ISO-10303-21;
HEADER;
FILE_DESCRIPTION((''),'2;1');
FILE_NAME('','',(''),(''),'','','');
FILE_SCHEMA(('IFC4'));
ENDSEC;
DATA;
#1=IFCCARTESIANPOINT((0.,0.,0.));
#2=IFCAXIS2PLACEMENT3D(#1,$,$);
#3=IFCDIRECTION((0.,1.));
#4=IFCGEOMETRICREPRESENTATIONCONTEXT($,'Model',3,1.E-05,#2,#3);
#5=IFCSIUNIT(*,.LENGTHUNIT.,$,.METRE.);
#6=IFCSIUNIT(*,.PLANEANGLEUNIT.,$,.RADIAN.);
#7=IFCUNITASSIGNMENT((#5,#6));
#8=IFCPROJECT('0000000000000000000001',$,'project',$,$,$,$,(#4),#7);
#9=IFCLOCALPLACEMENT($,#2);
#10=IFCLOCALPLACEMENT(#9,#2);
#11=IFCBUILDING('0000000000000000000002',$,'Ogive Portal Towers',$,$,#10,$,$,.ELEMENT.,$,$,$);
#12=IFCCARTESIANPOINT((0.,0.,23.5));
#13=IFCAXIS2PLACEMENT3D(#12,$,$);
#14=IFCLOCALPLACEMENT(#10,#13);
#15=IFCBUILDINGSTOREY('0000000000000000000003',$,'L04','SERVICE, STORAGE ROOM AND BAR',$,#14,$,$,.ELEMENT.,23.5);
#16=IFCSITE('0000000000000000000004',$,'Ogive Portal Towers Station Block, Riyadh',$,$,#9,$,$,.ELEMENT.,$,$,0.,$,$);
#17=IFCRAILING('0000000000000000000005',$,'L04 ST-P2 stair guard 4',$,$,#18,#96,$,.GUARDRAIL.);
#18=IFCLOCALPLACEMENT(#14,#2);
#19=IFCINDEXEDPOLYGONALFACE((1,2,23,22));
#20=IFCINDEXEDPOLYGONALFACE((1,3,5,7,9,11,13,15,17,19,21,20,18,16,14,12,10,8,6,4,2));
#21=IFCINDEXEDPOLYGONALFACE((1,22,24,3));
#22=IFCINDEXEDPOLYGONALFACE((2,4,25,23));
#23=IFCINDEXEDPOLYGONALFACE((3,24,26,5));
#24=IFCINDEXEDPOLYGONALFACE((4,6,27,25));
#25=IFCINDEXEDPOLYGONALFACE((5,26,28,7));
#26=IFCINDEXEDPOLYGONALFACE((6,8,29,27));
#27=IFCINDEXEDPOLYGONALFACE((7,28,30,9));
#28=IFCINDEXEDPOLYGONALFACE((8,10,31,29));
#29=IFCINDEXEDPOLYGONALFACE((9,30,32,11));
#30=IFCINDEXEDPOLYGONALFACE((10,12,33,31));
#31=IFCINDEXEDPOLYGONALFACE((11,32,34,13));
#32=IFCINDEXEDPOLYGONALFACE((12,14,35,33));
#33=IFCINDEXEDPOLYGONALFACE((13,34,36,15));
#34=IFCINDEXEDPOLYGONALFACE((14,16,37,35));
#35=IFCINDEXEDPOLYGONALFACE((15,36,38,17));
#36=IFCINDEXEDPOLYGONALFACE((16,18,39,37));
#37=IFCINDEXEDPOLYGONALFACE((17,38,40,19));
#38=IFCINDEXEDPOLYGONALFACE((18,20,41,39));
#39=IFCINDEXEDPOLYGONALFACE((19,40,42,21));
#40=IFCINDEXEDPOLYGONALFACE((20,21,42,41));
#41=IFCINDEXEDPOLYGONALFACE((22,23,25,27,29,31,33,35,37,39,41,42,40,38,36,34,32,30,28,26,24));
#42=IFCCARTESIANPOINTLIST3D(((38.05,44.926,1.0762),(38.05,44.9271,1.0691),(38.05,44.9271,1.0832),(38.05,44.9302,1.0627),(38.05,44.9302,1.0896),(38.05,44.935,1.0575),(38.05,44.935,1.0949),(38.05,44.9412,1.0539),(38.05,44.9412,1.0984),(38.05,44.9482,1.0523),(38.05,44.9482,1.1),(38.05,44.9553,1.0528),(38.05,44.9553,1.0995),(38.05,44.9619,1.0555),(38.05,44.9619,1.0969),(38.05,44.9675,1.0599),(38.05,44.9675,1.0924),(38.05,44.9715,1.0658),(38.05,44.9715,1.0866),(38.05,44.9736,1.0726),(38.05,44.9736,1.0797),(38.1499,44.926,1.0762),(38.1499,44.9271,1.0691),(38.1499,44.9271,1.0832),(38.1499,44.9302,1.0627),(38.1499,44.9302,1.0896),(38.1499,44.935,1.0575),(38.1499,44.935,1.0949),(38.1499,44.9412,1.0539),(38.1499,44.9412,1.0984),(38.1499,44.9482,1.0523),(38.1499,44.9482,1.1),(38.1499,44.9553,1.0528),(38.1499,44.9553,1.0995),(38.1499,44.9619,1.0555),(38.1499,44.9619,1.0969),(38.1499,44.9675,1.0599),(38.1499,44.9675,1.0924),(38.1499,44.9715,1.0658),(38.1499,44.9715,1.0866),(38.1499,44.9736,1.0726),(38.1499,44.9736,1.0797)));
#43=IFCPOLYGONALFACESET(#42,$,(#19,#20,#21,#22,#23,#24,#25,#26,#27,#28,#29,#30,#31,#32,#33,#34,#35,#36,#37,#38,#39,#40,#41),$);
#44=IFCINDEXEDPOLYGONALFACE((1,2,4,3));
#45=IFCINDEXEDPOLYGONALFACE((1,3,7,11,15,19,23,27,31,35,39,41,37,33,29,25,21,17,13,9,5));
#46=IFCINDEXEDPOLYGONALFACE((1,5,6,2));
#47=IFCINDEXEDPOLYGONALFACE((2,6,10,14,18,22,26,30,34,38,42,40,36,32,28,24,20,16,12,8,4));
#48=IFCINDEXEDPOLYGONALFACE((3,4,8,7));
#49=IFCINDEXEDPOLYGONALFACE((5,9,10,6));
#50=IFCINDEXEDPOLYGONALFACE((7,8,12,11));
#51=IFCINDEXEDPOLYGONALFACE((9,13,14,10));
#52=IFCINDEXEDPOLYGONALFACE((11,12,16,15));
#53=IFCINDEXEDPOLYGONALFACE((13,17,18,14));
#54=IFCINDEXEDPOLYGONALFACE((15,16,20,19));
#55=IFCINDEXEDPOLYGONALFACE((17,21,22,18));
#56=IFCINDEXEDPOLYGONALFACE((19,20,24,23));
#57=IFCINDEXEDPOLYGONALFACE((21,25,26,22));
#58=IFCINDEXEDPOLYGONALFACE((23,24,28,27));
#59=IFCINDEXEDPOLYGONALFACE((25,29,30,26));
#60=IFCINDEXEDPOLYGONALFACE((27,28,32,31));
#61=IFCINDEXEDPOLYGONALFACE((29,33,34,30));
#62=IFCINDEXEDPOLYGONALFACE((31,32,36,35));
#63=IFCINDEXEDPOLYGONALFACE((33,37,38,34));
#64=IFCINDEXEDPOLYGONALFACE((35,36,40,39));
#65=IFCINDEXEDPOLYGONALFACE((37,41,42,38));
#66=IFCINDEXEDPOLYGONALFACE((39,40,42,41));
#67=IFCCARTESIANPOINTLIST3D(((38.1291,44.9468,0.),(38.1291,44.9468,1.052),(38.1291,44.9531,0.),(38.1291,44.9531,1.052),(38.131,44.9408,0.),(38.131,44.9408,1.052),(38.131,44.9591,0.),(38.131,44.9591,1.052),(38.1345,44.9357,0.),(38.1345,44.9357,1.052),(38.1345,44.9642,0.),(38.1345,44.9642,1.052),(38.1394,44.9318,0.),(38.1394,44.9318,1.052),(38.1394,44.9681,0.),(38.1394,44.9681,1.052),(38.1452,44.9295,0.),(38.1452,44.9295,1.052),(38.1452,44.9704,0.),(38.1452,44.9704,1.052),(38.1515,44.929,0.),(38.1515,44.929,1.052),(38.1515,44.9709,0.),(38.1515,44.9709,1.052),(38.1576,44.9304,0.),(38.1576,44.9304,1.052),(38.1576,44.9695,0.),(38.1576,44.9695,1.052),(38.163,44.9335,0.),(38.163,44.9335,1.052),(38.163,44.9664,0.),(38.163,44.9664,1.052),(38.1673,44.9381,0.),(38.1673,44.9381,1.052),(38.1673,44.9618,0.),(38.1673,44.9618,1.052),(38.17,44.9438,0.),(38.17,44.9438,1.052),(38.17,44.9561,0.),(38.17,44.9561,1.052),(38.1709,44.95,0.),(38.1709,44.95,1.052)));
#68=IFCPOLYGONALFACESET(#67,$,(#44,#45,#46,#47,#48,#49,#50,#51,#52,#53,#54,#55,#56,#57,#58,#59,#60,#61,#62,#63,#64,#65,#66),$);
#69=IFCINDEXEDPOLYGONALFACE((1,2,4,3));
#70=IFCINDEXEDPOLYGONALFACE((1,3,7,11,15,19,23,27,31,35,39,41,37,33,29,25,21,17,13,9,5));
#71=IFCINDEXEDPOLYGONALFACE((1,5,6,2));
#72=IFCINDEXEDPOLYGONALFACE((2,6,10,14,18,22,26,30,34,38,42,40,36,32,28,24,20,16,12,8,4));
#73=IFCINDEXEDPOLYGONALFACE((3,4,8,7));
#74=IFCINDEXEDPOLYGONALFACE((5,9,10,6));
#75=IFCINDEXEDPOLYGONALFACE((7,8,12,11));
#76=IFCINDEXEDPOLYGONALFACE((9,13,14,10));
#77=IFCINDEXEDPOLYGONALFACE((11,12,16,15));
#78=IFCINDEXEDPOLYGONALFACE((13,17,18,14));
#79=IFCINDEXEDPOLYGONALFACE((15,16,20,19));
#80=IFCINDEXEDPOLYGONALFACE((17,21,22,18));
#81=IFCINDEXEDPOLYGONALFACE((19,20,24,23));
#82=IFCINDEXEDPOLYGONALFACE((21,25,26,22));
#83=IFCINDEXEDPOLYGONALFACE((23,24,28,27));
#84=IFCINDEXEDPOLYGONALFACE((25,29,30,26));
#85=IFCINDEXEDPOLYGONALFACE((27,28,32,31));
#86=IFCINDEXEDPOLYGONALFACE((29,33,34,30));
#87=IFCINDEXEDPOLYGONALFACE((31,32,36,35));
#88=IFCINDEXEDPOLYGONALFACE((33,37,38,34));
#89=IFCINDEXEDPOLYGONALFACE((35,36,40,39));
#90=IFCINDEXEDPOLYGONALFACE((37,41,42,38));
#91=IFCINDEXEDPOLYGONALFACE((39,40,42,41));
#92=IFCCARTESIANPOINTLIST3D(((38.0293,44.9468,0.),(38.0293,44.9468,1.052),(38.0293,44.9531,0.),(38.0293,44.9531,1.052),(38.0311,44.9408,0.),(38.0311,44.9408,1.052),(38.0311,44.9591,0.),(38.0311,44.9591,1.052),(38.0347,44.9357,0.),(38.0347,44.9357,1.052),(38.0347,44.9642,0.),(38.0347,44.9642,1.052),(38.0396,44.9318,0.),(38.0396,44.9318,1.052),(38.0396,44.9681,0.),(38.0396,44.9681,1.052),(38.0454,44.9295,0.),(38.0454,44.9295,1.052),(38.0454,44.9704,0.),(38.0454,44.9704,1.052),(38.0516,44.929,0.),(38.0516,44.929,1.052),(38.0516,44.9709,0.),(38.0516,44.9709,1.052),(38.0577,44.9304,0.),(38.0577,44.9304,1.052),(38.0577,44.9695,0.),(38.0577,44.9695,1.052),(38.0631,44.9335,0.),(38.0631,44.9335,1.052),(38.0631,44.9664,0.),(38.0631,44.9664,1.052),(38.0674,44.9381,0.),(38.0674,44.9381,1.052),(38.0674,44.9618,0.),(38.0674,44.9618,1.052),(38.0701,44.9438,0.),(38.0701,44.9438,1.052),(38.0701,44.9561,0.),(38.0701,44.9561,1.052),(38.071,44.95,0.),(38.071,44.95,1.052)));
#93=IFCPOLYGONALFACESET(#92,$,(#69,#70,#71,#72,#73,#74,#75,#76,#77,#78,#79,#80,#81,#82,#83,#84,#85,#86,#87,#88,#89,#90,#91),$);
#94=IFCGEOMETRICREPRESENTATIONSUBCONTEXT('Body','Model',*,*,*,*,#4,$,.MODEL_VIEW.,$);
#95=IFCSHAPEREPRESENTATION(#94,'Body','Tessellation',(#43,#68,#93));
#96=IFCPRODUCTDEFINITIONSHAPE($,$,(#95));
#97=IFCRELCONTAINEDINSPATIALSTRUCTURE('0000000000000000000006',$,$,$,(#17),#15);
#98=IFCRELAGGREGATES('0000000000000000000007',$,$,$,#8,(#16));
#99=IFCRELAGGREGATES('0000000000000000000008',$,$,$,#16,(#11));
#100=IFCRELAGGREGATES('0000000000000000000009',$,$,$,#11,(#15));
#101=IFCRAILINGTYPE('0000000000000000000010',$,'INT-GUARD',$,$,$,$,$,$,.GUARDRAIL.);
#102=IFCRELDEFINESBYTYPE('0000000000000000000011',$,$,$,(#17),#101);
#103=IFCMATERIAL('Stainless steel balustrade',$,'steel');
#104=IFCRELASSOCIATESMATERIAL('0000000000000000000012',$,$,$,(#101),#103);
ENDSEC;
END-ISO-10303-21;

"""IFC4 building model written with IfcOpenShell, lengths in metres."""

from ifc_helpers import new_model, si_unit, direction, frame, origin, origin_2d, place, context, subcontext, project, spatial, circle, extrude, material, type_object, element, save


model = new_model("IFC4")

# Units and contexts
model_context = context("Model", 3, precision=1e-05, world=origin(), true_north=direction((0.0, 1.0)))
body_context = subcontext(model_context, "Body", "Model", "MODEL_VIEW")
ifc_project = project(units=[si_unit("LENGTHUNIT", "METRE"), si_unit("PLANEANGLEUNIT", "RADIAN")], contexts=[model_context])

# Site, building, storey
site_placement = place(None, origin())
site = spatial("IfcSite", under=ifc_project, at=site_placement, Name="Ogive Portal Towers Station Block, Riyadh", CompositionType="ELEMENT", RefElevation=0.0)
building_placement = place(site_placement, origin())
building = spatial("IfcBuilding", under=site, at=building_placement, Name="Ogive Portal Towers", CompositionType="ELEMENT")
storey_placement = place(building_placement, frame((0.0, 0.0, 23.5)))
storey = spatial("IfcBuildingStorey", under=building, at=storey_placement, Name="L04", Description="SERVICE, STORAGE ROOM AND BAR", CompositionType="ELEMENT", Elevation=23.5)

# Railing
ifc_material_1 = material(Name="Stainless steel balustrade", Category="steel")
railing_type_1 = type_object("IfcRailingType", Name="INT-GUARD", PredefinedType="GUARDRAIL", material=ifc_material_1)
railing_1_placement = place(storey_placement, frame((38.1499, 44.95, 0.0)))
element("IfcRailing", 1, at=railing_1_placement, inside=storey, type_object=railing_type_1, Name="L04 ST-P2 stair guard 4", PredefinedType="GUARDRAIL", context=body_context, shape_type="SweptSolid", body=[
    extrude(circle(Radius=0.0239, at=origin_2d()), frame((0.0, 0.0, 1.0762), z_axis=(-1.0, 0.0, 0.0), x_axis=(0.0, -1.0, 0.0)), (0.0, 0.0, 1.0), 0.0999),
    extrude(circle(Radius=0.021, at=origin_2d()), origin(), (0.0, 0.0, 1.0), 1.052),
    extrude(circle(Radius=0.021, at=origin_2d()), frame((-0.0999, 0.0, 0.0)), (0.0, 0.0, 1.0), 1.052),
])

save(model, "model.ifc")
